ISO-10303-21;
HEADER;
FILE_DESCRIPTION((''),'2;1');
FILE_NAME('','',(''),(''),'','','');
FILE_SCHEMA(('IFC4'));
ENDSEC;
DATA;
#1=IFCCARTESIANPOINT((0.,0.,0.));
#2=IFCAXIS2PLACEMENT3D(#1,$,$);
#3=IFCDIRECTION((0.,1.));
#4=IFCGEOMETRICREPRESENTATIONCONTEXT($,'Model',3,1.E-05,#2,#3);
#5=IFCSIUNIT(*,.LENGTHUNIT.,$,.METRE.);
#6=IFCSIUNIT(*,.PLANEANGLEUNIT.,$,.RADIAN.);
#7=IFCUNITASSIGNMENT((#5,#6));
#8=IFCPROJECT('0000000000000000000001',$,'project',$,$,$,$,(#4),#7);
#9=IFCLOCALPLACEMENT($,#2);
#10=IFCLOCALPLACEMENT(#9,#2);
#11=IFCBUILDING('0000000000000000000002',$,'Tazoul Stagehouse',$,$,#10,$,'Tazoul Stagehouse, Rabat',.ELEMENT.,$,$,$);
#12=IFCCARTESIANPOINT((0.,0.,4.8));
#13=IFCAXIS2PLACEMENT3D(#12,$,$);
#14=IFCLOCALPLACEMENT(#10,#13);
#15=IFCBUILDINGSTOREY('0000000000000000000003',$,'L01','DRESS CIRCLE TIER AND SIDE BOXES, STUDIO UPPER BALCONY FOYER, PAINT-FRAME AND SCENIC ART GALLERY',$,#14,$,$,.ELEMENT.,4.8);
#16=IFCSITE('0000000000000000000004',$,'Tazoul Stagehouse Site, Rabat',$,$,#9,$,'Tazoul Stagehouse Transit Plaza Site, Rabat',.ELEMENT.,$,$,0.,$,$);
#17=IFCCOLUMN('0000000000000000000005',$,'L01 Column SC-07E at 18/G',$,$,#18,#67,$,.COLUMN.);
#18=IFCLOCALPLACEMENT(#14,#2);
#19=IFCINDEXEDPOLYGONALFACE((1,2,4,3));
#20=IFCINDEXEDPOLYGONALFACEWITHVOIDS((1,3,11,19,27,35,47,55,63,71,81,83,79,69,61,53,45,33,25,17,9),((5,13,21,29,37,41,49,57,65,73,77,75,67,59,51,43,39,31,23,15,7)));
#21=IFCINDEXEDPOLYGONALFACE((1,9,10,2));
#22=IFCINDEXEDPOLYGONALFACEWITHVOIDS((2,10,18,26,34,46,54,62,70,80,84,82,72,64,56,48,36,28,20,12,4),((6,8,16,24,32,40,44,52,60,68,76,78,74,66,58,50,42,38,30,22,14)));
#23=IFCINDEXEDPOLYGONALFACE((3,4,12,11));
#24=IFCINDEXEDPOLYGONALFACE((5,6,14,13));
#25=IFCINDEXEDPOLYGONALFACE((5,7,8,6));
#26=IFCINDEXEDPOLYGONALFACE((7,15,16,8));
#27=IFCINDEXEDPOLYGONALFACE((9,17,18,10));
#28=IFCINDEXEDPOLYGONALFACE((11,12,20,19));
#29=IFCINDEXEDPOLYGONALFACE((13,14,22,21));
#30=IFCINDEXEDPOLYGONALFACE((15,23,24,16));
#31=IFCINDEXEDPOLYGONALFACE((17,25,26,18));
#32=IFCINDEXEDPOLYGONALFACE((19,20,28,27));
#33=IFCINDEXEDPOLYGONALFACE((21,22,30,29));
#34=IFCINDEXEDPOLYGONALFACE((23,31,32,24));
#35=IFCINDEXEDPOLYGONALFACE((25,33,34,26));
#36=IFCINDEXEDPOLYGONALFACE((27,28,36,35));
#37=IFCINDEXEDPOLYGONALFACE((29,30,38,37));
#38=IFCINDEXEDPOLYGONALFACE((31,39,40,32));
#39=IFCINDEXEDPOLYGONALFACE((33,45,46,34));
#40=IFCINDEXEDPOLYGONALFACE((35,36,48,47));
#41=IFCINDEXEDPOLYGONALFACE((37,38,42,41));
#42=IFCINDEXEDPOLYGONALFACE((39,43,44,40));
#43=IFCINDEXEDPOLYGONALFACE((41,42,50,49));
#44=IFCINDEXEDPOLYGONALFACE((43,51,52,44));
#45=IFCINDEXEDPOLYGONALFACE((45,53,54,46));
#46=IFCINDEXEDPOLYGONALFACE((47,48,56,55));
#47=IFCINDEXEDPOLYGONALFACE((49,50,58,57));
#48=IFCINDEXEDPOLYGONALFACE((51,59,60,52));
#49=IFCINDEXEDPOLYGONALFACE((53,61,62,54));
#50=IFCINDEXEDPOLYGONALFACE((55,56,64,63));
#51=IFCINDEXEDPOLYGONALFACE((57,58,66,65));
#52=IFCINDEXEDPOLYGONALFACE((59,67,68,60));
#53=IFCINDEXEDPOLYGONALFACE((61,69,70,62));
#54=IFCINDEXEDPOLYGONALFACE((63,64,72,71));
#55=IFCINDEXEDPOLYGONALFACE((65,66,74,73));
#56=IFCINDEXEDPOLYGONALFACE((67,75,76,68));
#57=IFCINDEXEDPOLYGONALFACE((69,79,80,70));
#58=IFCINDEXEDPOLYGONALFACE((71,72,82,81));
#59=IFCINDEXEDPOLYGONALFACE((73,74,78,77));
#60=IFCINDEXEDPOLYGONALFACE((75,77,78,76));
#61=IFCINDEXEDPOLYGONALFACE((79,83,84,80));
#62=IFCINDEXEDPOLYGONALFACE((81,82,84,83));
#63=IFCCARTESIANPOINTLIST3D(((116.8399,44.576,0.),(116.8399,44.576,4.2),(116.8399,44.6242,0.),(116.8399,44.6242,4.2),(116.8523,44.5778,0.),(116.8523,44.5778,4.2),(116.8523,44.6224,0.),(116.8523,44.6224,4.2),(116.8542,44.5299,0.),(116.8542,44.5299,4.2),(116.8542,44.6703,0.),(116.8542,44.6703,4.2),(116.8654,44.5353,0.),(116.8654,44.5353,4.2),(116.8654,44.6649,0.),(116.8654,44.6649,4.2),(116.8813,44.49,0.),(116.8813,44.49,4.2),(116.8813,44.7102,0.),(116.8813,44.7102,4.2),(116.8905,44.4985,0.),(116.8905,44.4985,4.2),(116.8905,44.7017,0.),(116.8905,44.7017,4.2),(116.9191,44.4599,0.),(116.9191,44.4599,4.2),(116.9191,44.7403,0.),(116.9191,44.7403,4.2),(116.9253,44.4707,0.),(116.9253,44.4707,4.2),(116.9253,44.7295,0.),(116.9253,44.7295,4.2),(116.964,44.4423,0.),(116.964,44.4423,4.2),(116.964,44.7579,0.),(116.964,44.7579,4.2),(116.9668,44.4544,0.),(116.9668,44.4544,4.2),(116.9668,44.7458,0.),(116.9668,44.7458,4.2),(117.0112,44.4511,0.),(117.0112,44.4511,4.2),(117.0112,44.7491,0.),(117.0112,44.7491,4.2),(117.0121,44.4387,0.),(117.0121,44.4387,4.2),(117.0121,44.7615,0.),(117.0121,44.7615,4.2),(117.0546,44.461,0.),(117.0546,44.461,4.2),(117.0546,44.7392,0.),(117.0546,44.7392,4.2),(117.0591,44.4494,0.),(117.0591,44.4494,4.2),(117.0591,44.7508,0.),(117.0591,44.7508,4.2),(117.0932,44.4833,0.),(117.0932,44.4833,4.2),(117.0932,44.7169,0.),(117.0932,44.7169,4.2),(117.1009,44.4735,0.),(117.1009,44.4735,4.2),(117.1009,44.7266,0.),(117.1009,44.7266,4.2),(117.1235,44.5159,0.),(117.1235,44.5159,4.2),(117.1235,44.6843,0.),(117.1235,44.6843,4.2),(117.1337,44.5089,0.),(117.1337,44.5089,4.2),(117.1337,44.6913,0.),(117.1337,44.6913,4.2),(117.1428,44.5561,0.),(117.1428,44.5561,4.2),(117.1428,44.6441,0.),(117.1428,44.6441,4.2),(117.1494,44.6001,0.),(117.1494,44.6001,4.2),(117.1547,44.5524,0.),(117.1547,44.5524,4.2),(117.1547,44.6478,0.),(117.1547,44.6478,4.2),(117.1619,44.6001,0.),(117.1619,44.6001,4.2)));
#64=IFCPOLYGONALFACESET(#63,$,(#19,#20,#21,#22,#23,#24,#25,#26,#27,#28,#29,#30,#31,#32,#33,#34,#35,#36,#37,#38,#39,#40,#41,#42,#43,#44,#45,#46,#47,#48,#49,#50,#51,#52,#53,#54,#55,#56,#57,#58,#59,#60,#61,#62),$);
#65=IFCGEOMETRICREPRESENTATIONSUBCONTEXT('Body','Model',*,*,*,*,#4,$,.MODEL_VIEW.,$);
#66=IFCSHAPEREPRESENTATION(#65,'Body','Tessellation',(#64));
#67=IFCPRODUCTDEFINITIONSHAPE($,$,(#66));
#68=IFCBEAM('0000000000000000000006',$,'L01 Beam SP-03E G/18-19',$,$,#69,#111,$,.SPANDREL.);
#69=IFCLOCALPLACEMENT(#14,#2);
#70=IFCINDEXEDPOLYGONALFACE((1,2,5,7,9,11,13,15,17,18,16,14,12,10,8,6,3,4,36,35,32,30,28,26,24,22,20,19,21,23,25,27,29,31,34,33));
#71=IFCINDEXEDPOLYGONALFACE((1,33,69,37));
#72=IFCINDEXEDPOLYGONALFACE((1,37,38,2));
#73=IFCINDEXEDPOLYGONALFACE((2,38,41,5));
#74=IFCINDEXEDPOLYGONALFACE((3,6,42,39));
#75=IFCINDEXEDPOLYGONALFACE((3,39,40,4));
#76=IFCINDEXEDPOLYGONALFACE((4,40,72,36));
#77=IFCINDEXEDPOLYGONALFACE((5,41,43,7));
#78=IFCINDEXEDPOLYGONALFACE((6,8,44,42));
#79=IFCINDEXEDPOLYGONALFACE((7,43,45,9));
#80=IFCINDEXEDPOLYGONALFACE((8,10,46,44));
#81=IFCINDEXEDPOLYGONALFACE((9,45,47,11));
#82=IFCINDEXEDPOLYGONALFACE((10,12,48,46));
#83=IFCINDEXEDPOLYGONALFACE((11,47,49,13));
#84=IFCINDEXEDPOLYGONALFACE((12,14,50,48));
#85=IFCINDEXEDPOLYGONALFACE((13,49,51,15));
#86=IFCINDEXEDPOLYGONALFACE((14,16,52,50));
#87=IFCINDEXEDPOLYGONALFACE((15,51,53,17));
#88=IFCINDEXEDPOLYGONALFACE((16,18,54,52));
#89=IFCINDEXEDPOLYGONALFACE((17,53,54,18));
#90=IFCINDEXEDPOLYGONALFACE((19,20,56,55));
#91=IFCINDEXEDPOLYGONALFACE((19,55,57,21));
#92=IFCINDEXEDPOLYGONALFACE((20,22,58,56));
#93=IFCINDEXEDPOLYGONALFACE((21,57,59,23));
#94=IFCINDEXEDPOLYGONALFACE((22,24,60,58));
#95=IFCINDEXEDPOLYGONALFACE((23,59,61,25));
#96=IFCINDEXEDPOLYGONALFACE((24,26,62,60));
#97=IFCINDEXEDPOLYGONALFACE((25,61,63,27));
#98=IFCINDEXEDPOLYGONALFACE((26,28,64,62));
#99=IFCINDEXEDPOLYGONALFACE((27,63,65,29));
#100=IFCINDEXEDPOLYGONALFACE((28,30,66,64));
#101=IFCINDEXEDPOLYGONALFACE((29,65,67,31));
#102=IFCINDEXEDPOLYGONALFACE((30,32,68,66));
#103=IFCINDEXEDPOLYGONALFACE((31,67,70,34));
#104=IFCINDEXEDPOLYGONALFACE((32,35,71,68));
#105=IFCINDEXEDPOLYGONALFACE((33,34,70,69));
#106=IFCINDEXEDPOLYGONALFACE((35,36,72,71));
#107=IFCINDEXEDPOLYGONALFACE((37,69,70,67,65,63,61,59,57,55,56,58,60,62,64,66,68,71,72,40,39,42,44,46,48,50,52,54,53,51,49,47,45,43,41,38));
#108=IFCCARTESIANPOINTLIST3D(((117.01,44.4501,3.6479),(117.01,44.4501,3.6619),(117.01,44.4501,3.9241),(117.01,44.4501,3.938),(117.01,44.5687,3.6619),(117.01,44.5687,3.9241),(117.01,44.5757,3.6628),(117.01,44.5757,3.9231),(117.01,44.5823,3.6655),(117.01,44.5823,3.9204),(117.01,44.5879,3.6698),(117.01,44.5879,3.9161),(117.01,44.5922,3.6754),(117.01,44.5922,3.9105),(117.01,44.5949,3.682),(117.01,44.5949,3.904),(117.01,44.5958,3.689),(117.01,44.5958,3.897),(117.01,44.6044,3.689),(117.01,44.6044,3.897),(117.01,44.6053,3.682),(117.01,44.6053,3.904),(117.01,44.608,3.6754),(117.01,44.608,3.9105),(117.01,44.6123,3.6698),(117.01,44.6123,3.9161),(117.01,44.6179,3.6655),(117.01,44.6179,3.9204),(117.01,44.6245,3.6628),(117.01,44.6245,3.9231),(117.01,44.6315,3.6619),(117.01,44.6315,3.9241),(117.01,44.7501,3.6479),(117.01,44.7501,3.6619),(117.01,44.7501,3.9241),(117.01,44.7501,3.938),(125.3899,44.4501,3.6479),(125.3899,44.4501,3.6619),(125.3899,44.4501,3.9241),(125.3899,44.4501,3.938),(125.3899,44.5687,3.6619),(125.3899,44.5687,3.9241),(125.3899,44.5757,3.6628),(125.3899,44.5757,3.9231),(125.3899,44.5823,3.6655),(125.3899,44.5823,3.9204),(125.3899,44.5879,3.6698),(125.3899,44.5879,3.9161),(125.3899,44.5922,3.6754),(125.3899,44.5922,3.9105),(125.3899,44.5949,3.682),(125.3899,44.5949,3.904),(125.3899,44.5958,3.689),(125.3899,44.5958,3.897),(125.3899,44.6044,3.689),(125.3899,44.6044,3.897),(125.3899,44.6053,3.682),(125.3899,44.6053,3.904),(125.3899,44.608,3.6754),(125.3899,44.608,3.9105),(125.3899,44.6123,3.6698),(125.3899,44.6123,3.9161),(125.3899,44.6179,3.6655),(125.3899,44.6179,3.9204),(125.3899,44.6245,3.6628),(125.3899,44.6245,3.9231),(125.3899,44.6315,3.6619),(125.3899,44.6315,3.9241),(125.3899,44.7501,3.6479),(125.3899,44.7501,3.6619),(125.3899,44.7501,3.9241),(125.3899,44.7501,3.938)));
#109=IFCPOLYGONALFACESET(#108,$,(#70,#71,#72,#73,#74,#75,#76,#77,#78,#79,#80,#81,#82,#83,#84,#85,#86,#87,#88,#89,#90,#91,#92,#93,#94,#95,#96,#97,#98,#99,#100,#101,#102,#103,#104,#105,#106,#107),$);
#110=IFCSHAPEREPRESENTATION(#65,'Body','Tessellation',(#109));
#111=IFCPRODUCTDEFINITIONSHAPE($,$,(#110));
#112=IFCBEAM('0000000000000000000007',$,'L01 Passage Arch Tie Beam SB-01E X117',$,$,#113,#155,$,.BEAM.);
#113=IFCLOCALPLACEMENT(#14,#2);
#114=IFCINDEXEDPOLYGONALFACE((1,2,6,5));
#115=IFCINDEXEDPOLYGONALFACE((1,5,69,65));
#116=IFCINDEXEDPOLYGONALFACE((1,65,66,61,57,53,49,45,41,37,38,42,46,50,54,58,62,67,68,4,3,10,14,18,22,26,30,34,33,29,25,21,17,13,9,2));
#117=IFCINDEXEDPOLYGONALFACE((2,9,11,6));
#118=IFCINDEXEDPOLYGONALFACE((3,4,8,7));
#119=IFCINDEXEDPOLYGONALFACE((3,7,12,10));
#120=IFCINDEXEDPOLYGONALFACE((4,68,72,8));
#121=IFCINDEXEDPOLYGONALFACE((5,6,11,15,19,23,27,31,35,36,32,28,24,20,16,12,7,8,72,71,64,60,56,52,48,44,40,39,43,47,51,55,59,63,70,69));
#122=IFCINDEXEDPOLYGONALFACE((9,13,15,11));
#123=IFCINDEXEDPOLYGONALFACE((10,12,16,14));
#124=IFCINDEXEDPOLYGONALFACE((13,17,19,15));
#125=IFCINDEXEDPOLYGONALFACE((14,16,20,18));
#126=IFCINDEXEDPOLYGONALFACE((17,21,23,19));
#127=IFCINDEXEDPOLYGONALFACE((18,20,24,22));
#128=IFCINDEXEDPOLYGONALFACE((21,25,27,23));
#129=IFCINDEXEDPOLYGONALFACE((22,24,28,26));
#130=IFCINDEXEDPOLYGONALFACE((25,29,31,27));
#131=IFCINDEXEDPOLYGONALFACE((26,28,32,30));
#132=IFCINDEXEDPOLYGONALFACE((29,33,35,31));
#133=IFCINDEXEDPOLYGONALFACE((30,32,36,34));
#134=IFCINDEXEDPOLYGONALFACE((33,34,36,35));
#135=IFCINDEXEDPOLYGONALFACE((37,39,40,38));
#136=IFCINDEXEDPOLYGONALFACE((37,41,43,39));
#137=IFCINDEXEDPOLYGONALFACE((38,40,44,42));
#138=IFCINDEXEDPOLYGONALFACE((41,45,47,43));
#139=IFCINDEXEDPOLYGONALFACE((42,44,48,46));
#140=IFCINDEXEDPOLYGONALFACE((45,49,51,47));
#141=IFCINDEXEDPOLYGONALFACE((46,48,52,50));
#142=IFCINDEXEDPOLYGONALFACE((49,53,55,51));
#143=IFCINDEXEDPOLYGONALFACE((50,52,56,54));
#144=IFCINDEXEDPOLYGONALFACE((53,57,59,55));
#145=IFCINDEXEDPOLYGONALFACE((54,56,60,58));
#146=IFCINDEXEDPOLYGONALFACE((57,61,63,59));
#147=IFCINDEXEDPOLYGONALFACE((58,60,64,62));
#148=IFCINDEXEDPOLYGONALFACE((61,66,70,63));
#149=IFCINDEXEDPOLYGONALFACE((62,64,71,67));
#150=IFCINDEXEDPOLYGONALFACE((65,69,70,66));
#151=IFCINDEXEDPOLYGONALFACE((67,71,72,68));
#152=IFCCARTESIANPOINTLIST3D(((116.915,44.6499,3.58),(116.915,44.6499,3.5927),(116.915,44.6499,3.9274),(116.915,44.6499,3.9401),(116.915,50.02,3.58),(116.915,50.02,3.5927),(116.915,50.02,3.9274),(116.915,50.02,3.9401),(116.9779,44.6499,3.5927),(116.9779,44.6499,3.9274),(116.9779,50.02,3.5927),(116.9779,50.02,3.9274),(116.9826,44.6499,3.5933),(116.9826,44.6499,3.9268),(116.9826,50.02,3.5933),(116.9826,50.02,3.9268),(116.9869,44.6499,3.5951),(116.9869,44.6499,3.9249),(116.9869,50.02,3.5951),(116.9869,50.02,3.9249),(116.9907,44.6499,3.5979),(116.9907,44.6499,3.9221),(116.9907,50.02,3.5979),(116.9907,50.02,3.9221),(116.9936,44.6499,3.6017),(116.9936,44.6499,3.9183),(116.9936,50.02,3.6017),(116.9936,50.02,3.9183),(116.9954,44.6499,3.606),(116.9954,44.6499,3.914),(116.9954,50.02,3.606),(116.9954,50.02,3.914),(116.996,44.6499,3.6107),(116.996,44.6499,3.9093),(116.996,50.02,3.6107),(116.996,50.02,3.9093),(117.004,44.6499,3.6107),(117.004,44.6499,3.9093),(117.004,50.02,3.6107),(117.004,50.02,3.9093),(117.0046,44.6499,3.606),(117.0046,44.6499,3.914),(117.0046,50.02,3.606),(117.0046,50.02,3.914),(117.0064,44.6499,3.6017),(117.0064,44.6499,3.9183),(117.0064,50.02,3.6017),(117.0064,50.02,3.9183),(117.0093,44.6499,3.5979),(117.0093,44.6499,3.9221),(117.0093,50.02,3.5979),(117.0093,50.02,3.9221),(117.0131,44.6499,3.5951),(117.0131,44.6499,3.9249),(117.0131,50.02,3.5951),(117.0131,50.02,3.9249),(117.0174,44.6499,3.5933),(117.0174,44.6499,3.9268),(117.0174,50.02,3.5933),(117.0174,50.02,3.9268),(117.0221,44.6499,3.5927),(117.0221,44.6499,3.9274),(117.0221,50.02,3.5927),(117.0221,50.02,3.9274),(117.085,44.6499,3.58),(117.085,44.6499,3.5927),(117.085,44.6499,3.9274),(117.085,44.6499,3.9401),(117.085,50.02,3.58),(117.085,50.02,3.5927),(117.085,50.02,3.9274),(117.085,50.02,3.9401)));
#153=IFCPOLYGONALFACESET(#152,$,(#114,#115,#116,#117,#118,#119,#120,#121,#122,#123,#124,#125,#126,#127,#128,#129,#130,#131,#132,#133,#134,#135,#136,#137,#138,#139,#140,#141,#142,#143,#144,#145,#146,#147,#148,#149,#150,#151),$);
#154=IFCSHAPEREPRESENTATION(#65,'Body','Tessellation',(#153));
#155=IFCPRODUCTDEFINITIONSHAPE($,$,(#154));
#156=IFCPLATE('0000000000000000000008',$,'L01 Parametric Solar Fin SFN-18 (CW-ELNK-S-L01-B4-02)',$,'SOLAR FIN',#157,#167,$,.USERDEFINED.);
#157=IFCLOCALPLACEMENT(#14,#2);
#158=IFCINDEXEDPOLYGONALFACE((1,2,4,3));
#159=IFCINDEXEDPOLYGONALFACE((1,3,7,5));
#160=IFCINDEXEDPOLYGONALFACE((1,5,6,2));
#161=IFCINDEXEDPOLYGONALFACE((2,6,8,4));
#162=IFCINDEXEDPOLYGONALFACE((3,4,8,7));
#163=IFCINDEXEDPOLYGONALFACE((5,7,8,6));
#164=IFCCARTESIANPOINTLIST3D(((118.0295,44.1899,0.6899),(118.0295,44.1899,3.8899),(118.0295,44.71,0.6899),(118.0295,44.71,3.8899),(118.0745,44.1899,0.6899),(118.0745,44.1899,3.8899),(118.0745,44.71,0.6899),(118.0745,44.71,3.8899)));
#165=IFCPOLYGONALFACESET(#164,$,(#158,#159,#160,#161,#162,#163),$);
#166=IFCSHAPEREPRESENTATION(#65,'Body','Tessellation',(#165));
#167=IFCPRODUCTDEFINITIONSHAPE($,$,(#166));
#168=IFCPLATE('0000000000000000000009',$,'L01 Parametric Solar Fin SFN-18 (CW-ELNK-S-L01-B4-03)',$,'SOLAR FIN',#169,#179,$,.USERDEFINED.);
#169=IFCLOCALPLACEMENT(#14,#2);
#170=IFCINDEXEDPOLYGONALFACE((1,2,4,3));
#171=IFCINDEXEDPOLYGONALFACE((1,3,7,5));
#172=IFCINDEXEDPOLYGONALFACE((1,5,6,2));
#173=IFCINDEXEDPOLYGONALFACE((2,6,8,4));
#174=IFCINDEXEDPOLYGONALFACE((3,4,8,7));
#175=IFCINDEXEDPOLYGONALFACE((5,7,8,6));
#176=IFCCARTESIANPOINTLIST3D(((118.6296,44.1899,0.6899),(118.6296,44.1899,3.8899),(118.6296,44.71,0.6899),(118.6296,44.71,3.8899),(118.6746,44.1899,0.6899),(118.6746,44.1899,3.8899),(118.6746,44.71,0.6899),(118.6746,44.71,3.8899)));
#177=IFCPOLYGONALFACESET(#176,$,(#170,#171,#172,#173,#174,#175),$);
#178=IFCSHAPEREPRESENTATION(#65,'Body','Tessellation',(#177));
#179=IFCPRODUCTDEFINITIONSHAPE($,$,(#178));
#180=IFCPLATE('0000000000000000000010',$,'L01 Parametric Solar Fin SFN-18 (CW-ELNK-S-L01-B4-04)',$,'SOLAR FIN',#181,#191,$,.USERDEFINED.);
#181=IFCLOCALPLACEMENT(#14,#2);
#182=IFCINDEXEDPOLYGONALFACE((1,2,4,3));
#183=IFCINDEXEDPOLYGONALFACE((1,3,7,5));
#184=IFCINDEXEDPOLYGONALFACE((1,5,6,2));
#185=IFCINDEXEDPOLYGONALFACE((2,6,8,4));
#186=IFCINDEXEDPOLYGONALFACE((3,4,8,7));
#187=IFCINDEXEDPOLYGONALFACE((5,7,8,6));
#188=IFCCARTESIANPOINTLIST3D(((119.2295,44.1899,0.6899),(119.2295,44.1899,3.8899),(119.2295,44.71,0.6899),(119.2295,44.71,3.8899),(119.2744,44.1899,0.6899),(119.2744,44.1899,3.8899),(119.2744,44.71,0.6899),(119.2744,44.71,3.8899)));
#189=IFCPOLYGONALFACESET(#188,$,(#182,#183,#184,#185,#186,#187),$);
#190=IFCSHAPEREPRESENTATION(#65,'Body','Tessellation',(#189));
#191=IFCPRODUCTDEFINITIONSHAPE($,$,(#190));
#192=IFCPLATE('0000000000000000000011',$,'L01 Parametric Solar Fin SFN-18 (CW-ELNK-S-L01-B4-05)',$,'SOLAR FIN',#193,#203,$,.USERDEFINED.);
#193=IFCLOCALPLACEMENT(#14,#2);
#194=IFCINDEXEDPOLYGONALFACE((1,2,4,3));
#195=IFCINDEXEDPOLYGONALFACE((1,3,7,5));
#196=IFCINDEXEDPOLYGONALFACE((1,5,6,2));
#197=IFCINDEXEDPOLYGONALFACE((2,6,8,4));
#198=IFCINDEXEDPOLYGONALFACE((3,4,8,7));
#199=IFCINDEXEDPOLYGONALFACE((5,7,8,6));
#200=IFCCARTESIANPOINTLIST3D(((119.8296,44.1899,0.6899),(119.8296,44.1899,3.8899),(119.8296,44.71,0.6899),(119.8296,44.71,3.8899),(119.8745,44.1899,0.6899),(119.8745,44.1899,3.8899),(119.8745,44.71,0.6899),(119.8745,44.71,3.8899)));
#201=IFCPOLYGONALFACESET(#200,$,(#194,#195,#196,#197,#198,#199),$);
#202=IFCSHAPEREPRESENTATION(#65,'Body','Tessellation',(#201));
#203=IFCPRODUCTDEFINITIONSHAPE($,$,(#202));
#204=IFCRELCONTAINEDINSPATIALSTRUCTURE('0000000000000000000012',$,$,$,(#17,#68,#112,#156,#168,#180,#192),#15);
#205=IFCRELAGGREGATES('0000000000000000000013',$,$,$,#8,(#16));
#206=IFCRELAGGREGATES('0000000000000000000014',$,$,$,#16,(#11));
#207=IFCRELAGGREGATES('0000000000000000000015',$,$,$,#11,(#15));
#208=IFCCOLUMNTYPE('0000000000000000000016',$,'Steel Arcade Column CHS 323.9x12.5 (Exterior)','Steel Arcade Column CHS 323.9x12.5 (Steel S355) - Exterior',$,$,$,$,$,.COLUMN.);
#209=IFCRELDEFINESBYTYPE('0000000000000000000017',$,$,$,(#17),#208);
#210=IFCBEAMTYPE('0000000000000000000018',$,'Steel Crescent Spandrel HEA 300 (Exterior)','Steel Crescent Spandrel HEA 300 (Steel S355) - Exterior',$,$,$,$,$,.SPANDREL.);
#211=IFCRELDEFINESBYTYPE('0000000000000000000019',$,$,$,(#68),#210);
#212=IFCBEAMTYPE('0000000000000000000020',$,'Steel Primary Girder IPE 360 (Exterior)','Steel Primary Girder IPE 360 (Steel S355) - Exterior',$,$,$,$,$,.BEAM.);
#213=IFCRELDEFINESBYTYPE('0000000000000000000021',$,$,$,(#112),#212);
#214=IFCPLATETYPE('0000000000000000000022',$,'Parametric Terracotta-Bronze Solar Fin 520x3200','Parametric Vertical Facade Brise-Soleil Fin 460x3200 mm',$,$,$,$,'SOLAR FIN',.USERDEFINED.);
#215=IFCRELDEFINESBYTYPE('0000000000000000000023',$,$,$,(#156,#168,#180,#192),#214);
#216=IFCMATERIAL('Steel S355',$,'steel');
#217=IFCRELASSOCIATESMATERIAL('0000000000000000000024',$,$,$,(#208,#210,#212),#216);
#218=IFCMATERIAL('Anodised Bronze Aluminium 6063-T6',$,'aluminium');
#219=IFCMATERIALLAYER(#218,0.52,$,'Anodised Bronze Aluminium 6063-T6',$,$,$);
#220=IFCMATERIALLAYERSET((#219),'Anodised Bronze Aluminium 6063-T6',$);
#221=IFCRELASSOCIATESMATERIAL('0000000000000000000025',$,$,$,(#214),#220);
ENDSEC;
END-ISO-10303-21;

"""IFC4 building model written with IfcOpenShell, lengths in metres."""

from ifc_helpers import new_model, si_unit, direction, frame, origin, origin_2d, place, context, subcontext, project, spatial, rectangle, hollow_circle, i_section, extrude, material, layer, layer_set, material_profile, profile_set, type_object, element, save


model = new_model("IFC4")

# Units and contexts
model_context = context("Model", 3, precision=1e-05, world=origin(), true_north=direction((0.0, 1.0)))
body_context = subcontext(model_context, "Body", "Model", "MODEL_VIEW")
ifc_project = project(units=[si_unit("LENGTHUNIT", "METRE"), si_unit("PLANEANGLEUNIT", "RADIAN")], contexts=[model_context])

# Site, building, storey
site_placement = place(None, origin())
site = spatial("IfcSite", under=ifc_project, at=site_placement, Name="Tazoul Stagehouse Site, Rabat", LongName="Tazoul Stagehouse Transit Plaza Site, Rabat", CompositionType="ELEMENT", RefElevation=0.0)
building_placement = place(site_placement, origin())
building = spatial("IfcBuilding", under=site, at=building_placement, Name="Tazoul Stagehouse", LongName="Tazoul Stagehouse, Rabat", CompositionType="ELEMENT")
storey_placement = place(building_placement, frame((0.0, 0.0, 4.8)))
storey = spatial("IfcBuildingStorey", under=building, at=storey_placement, Name="L01", Description="DRESS CIRCLE TIER AND SIDE BOXES, STUDIO UPPER BALCONY FOYER, PAINT-FRAME AND SCENIC ART GALLERY", CompositionType="ELEMENT", Elevation=4.8)

# Column
ifc_material_1 = material(Name="Steel S355", Category="steel")
ifc_material_profile_1 = material_profile(ifc_material_1, hollow_circle(Radius=0.1619, WallThickness=0.0125, at=origin_2d()), Name="CHS 323.9x12.5")
ifc_profile_set_1 = profile_set([ifc_material_profile_1], Name="Steel S355")
column_type = type_object("IfcColumnType", Name="Steel Arcade Column CHS 323.9x12.5 (Exterior)", Description="Steel Arcade Column CHS 323.9x12.5 (Steel S355) - Exterior", PredefinedType="COLUMN", material=ifc_profile_set_1)
column_placement = place(storey_placement, frame((117.0, 44.6001, 0.0), z_axis=(0.0, 0.0, 1.0), x_axis=(1.0, 0.0, 0.0)))
element("IfcColumn", 1, at=column_placement, inside=storey, type_object=column_type, Name="L01 Column SC-07E at 18/G", PredefinedType="COLUMN", context=body_context, shape_type="SweptSolid", body=[
    extrude(hollow_circle(Radius=0.1619, WallThickness=0.0125, at=origin_2d()), origin(), (0.0, 0.0, 1.0), 4.2),
])

# Beams
ifc_material_profile_2 = material_profile(ifc_material_1, i_section(OverallWidth=0.3, OverallDepth=0.29, WebThickness=0.0085, FlangeThickness=0.0139, FilletRadius=0.0271, at=origin_2d()), Name="HEA 300")
ifc_profile_set_2 = profile_set([ifc_material_profile_2], Name="Steel S355")
beam_type_1 = type_object("IfcBeamType", Name="Steel Crescent Spandrel HEA 300 (Exterior)", Description="Steel Crescent Spandrel HEA 300 (Steel S355) - Exterior", PredefinedType="SPANDREL", material=ifc_profile_set_2)
beam_1_placement = place(storey_placement, frame((117.01, 44.6001, 3.793), z_axis=(1.0, 0.0, 0.0), x_axis=(0.0, 1.0, 0.0)))
element("IfcBeam", 2, at=beam_1_placement, inside=storey, type_object=beam_type_1, Name="L01 Beam SP-03E G/18-19", PredefinedType="SPANDREL", context=body_context, shape_type="SweptSolid", body=[
    extrude(i_section(OverallWidth=0.3, OverallDepth=0.29, WebThickness=0.0085, FlangeThickness=0.0139, FilletRadius=0.0271, at=origin_2d()), origin(), (0.0, 0.0, 1.0), 8.3799),
])
ifc_material_profile_3 = material_profile(ifc_material_1, i_section(OverallWidth=0.1699, OverallDepth=0.3601, WebThickness=0.0081, FlangeThickness=0.0127, FilletRadius=0.0181, at=origin_2d()), Name="IPE 360")
ifc_profile_set_3 = profile_set([ifc_material_profile_3], Name="Steel S355")
beam_type_2 = type_object("IfcBeamType", Name="Steel Primary Girder IPE 360 (Exterior)", Description="Steel Primary Girder IPE 360 (Steel S355) - Exterior", PredefinedType="BEAM", material=ifc_profile_set_3)
beam_2_placement = place(storey_placement, frame((117.0, 44.6499, 3.76), z_axis=(0.0, 1.0, 0.0), x_axis=(-1.0, 0.0, 0.0)))
element("IfcBeam", 3, at=beam_2_placement, inside=storey, type_object=beam_type_2, Name="L01 Passage Arch Tie Beam SB-01E X117", PredefinedType="BEAM", context=body_context, shape_type="SweptSolid", body=[
    extrude(i_section(OverallWidth=0.1699, OverallDepth=0.3601, WebThickness=0.0081, FlangeThickness=0.0127, FilletRadius=0.0181, at=origin_2d()), origin(), (0.0, 0.0, 1.0), 5.3701),
])

# Plates
ifc_material_2 = material(Name="Anodised Bronze Aluminium 6063-T6", Category="aluminium")
ifc_layer_1 = layer(ifc_material_2, 0.52, Name="Anodised Bronze Aluminium 6063-T6")
ifc_layer_set_1 = layer_set([ifc_layer_1], Name="Anodised Bronze Aluminium 6063-T6")
plate_type_1 = type_object("IfcPlateType", Name="Parametric Terracotta-Bronze Solar Fin 520x3200", Description="Parametric Vertical Facade Brise-Soleil Fin 460x3200 mm", ElementType="SOLAR FIN", PredefinedType="USERDEFINED", material=ifc_layer_set_1)
for number, where, z_axis, x_axis, name in (
    (4, (118.052, 44.45, 0.6899), (0.0, 0.0, 1.0), (1.0, 0.0, 0.0), "L01 Parametric Solar Fin SFN-18 (CW-ELNK-S-L01-B4-02)"),
    (5, (118.6521, 44.45, 0.6899), (0.0, 0.0, 1.0), (1.0, 0.0, 0.0), "L01 Parametric Solar Fin SFN-18 (CW-ELNK-S-L01-B4-03)"),
    (6, (119.252, 44.45, 0.6899), (0.0, 0.0, 1.0), (1.0, 0.0, 0.0), "L01 Parametric Solar Fin SFN-18 (CW-ELNK-S-L01-B4-04)"),
    (7, (119.8521, 44.45, 0.6899), (0.0, 0.0, 1.0), (1.0, 0.0, 0.0), "L01 Parametric Solar Fin SFN-18 (CW-ELNK-S-L01-B4-05)"),
):
    element("IfcPlate", number, at=place(storey_placement, frame(where, z_axis=z_axis, x_axis=x_axis)), inside=storey, type_object=plate_type_1, Name=name, ObjectType="SOLAR FIN", PredefinedType="USERDEFINED", context=body_context, shape_type="SweptSolid", body=[
        extrude(rectangle(XDim=0.0449, YDim=0.52, at=origin_2d()), origin(), (0.0, 0.0, 1.0), 3.2),
    ])

save(model, "model.ifc")
